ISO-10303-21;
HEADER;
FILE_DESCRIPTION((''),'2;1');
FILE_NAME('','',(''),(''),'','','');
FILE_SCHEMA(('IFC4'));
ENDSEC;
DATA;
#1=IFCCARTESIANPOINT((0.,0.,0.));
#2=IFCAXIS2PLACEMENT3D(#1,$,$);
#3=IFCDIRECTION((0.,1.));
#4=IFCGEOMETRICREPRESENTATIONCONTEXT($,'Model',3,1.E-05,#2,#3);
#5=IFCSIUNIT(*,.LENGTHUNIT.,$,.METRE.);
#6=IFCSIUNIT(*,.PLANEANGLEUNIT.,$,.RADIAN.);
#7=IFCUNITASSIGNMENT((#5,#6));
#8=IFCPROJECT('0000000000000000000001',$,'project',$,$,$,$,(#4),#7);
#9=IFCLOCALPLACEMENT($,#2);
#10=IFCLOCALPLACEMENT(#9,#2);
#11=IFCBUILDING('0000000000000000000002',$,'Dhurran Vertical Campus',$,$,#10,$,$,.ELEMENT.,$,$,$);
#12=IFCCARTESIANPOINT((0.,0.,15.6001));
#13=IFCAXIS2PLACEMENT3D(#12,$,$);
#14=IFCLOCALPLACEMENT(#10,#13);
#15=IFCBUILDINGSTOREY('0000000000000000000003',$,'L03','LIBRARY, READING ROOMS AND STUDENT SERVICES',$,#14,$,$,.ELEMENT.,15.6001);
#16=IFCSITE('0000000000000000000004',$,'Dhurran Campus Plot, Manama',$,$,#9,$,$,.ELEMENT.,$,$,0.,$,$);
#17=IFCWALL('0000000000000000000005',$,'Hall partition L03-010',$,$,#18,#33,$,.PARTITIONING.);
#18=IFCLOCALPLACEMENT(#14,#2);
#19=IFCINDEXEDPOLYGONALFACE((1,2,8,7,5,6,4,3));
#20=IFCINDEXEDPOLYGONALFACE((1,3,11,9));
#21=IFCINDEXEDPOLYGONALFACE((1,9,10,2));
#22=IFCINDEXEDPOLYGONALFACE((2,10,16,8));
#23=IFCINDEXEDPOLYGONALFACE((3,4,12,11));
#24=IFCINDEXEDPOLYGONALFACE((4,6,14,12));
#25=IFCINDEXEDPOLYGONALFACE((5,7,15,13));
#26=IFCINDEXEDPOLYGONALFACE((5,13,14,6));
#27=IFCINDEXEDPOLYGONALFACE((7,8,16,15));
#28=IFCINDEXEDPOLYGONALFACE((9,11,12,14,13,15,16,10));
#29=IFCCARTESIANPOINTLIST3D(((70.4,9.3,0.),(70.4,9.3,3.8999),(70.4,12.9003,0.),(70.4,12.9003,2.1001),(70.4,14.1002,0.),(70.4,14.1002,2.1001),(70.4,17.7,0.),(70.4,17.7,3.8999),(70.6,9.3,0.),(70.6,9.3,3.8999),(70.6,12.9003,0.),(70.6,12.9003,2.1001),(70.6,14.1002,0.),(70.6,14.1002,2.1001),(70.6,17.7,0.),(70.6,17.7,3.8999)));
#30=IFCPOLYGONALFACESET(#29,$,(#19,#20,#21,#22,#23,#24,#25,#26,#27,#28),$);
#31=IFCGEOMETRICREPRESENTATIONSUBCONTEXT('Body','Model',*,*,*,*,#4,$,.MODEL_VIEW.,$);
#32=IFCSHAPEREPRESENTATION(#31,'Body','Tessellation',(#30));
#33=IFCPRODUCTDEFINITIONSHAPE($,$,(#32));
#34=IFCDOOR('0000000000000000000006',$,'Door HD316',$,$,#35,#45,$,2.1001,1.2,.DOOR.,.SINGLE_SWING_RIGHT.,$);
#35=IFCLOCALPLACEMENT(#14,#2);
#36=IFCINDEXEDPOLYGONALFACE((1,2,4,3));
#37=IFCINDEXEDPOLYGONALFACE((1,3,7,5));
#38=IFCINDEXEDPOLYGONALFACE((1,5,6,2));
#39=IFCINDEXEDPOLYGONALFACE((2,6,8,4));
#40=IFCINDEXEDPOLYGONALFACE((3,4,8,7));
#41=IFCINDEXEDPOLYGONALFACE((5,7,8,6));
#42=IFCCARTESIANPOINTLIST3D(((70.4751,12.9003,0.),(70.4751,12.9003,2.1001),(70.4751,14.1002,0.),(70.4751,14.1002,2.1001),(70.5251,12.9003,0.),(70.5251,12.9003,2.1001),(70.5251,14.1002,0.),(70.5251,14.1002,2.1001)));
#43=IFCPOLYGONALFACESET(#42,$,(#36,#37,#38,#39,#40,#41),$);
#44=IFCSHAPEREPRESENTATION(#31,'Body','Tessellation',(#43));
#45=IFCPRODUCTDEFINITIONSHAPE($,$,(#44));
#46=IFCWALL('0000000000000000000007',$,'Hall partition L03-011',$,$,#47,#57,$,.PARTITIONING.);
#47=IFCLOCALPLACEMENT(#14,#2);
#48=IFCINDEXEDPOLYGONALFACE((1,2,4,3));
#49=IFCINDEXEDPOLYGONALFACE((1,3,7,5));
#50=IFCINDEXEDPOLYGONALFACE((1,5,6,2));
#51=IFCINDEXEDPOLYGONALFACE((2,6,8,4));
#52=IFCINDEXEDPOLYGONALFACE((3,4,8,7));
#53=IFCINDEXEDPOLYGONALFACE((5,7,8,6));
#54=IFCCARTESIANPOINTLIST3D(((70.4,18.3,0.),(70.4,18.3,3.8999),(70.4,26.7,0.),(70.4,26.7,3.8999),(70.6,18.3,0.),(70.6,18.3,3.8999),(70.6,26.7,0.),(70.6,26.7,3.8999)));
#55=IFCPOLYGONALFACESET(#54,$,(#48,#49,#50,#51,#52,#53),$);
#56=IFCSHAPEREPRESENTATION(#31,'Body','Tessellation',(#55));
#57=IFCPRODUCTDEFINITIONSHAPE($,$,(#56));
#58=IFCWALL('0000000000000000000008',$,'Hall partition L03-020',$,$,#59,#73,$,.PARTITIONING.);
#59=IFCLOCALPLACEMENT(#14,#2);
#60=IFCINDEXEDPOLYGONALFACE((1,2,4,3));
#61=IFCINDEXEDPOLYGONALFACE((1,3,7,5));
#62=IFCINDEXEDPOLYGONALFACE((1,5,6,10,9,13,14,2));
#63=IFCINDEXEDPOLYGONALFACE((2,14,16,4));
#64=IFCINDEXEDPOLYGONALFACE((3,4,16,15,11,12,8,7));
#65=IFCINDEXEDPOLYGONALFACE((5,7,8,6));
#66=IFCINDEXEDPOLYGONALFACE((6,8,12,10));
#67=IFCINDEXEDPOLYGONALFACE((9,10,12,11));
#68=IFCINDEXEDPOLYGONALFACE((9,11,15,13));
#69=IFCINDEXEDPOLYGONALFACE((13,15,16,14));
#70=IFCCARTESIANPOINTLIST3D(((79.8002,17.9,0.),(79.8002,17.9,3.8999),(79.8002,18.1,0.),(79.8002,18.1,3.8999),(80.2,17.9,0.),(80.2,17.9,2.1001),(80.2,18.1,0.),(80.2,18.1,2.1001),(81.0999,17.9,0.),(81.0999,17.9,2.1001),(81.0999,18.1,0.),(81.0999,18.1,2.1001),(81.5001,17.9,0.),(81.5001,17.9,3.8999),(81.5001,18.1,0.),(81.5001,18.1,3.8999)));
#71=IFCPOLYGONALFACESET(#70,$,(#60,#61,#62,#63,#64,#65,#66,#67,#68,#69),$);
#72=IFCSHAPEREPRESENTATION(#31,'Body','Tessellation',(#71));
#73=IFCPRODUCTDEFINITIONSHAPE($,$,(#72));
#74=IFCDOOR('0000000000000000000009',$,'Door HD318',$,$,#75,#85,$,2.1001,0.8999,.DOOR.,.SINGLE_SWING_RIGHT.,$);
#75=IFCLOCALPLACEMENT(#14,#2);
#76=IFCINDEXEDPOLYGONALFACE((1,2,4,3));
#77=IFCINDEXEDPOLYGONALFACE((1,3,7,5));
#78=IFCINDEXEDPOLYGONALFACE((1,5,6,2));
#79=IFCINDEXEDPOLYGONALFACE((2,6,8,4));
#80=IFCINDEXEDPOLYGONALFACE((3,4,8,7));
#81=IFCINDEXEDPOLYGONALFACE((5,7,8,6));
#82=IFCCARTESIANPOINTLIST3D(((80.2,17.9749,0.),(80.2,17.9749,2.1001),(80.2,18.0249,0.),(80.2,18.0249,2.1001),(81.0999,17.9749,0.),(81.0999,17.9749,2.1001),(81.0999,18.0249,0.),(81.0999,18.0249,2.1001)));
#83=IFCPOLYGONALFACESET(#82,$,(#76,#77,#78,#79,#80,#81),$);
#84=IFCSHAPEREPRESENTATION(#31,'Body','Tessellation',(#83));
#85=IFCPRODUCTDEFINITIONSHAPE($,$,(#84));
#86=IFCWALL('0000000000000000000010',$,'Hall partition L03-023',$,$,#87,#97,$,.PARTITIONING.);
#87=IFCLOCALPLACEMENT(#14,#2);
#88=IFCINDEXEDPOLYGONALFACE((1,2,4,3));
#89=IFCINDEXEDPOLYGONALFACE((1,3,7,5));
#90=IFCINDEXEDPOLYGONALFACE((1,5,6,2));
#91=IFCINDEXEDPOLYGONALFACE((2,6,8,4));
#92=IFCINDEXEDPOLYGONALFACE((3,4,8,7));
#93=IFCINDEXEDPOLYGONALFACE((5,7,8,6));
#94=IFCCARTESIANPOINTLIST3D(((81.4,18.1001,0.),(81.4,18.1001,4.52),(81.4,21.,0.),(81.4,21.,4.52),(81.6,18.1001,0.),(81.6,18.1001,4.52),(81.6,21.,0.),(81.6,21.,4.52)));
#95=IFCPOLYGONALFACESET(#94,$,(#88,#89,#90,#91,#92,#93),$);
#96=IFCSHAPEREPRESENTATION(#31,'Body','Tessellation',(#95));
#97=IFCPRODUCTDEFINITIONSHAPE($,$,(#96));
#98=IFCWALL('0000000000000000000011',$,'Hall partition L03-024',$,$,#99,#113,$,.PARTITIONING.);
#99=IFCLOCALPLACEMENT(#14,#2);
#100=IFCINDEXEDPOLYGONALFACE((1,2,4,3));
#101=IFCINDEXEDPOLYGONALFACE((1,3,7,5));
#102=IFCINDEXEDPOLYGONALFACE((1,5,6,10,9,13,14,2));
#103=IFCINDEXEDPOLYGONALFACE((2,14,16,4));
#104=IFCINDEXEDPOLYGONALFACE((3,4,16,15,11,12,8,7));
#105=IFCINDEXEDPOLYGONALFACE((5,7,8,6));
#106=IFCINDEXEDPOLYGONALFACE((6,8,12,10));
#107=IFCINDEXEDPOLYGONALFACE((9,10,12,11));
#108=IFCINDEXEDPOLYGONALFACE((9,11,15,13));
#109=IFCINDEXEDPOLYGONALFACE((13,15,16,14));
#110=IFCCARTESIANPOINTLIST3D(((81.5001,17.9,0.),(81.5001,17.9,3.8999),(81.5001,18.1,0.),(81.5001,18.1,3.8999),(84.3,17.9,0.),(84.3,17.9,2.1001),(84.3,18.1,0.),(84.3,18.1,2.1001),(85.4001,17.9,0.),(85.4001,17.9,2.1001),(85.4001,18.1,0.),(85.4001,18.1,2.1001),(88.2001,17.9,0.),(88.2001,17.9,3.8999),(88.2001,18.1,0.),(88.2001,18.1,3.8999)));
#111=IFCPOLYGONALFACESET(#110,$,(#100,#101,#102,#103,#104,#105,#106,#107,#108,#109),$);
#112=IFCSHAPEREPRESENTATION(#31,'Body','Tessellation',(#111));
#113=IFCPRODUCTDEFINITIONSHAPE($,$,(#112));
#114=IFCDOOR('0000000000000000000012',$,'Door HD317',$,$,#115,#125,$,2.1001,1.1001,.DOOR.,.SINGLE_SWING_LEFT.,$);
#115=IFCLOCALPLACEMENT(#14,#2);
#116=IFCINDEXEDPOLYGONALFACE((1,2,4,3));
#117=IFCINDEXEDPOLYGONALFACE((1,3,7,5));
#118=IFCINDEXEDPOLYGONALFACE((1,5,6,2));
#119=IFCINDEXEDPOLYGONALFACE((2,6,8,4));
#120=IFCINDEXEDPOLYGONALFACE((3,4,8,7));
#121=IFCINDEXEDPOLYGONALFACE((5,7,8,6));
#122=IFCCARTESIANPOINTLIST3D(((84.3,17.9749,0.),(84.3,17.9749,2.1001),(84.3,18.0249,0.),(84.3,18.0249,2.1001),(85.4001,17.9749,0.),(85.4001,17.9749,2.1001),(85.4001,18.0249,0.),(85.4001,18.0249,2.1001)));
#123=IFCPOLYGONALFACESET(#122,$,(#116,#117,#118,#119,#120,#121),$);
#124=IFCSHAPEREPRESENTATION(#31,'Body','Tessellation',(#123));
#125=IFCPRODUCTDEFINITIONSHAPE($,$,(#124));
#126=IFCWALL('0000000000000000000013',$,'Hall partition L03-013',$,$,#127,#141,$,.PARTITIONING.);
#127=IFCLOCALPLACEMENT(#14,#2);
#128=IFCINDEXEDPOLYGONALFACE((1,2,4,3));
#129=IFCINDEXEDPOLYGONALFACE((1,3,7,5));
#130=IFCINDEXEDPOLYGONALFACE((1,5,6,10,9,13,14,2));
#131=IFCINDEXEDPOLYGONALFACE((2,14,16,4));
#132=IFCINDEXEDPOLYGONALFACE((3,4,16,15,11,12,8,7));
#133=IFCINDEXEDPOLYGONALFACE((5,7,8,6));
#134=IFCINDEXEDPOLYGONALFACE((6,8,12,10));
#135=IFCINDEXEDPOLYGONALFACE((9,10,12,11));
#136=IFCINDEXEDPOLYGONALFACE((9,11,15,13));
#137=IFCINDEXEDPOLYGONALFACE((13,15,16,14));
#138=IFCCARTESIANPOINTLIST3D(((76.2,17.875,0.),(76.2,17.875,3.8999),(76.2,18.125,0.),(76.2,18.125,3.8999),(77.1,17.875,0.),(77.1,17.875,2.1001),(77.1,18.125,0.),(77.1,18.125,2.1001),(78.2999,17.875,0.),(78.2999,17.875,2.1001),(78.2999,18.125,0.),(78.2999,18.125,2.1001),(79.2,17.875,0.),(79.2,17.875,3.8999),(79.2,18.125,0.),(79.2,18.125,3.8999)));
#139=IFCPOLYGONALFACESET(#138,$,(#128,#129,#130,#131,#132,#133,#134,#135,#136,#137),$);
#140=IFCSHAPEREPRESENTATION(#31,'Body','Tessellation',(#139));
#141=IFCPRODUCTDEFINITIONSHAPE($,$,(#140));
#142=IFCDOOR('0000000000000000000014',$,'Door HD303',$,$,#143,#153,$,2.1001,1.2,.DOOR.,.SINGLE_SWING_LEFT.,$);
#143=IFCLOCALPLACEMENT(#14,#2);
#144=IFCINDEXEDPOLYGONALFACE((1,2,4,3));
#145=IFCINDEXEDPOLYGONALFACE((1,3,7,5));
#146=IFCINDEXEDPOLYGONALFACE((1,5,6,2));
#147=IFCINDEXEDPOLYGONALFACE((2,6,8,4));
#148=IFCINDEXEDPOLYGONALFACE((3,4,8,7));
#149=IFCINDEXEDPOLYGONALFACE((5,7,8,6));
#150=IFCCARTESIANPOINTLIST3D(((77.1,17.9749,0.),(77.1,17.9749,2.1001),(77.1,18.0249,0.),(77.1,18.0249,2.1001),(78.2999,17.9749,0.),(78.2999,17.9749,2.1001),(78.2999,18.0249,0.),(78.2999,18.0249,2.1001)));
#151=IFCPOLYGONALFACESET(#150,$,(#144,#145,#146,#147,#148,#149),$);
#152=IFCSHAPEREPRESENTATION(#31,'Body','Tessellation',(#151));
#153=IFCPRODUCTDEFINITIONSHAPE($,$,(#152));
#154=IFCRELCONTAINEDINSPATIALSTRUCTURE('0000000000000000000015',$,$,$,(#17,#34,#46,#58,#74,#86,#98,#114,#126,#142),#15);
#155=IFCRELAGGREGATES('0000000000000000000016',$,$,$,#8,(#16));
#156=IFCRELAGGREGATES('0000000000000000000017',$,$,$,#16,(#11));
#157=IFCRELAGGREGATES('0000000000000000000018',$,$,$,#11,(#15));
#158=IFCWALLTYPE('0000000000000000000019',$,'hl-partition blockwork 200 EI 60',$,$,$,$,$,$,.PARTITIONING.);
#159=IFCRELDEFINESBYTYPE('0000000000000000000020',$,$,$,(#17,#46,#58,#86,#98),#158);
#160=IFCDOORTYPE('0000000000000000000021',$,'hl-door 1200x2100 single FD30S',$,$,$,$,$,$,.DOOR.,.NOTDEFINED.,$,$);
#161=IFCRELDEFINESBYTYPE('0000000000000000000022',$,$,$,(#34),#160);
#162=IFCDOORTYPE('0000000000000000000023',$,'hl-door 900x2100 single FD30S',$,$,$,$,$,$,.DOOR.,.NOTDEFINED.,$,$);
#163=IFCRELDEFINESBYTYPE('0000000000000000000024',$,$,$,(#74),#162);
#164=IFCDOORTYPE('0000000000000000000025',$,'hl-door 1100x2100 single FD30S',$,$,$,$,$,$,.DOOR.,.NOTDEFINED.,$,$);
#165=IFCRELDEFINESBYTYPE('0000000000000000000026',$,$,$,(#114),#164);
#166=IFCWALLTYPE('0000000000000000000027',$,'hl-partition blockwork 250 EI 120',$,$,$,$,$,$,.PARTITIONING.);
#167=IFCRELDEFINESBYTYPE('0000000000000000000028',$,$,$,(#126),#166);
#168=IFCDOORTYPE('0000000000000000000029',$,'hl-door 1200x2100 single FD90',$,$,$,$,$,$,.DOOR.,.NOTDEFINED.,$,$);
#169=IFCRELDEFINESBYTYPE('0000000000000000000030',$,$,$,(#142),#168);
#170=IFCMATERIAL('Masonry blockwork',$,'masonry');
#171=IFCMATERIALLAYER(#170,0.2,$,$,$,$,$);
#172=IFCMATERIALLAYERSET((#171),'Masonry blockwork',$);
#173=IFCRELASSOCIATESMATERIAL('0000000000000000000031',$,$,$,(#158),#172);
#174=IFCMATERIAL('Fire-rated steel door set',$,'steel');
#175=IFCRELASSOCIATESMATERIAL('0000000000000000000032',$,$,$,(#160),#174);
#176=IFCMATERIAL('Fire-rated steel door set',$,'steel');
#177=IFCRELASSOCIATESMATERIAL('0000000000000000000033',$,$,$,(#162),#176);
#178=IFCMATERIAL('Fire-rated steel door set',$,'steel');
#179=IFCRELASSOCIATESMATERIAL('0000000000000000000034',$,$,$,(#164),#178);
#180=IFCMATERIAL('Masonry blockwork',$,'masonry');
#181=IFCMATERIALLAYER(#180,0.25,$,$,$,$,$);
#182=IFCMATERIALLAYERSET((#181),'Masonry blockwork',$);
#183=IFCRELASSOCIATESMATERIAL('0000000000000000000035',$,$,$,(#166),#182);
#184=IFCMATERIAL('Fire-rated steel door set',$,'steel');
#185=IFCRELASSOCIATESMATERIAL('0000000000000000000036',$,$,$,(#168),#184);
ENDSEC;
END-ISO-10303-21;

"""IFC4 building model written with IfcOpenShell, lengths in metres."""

from ifc_helpers import new_model, si_unit, direction, frame, frame_2d, origin, place, context, subcontext, project, spatial, rectangle, extrude, material, layer, layer_set, type_object, element, fill, save


model = new_model("IFC4")

# Units and contexts
model_context = context("Model", 3, precision=1e-05, world=origin(), true_north=direction((0.0, 1.0)))
body_context = subcontext(model_context, "Body", "Model", "MODEL_VIEW")
ifc_project = project(units=[si_unit("LENGTHUNIT", "METRE"), si_unit("PLANEANGLEUNIT", "RADIAN")], contexts=[model_context])

# Site, building, storey
site_placement = place(None, origin())
site = spatial("IfcSite", under=ifc_project, at=site_placement, Name="Dhurran Campus Plot, Manama", CompositionType="ELEMENT", RefElevation=0.0)
building_placement = place(site_placement, origin())
building = spatial("IfcBuilding", under=site, at=building_placement, Name="Dhurran Vertical Campus", CompositionType="ELEMENT")
storey_placement = place(building_placement, frame((0.0, 0.0, 15.6001)))
storey = spatial("IfcBuildingStorey", under=building, at=storey_placement, Name="L03", Description="LIBRARY, READING ROOMS AND STUDENT SERVICES", CompositionType="ELEMENT", Elevation=15.6001)

# Shared definitions
ifc_material_1 = material(Name="Masonry blockwork", Category="masonry")
ifc_layer_1 = layer(ifc_material_1, 0.2)
ifc_layer_set_1 = layer_set([ifc_layer_1], Name="Masonry blockwork")
wall_type_1 = type_object("IfcWallType", Name="hl-partition blockwork 200 EI 60", PredefinedType="PARTITIONING", material=ifc_layer_set_1)

# Wall, opening, door
wall_1_placement = place(storey_placement, frame((70.5, 9.3, 0.0), z_axis=(0.0, 0.0, 1.0), x_axis=(0.0, 1.0, 0.0)))
wall_1 = element("IfcWall", 1, at=wall_1_placement, inside=storey, type_object=wall_type_1, Name="Hall partition L03-010", PredefinedType="PARTITIONING", context=body_context, shape_type="SweptSolid", body=[
    extrude(rectangle(XDim=8.3999, YDim=0.2, at=frame_2d((4.2, 0.0))), origin(), (0.0, 0.0, 1.0), 3.8999),
])
opening_1_placement = place(wall_1_placement, frame((3.6001, 0.0, 0.0)))
opening_1 = element("IfcOpeningElement", 2, at=opening_1_placement, cuts=wall_1, PredefinedType="OPENING", context=body_context, shape_type="SweptSolid", body=[
    extrude(rectangle(XDim=1.2, YDim=2.1001, at=frame_2d((0.6001, 1.05))), frame((0.0, 0.1099, 0.0), z_axis=(0.0, -1.0, 0.0), x_axis=(1.0, 0.0, 0.0)), (0.0, 0.0, 1.0), 0.22),
])
ifc_material_2 = material(Name="Fire-rated steel door set", Category="steel")
door_type_1 = type_object("IfcDoorType", Name="hl-door 1200x2100 single FD30S", OperationType="NOTDEFINED", PredefinedType="DOOR", material=ifc_material_2)
door_1_placement = place(opening_1_placement, origin())
door_1 = element("IfcDoor", 3, at=door_1_placement, inside=storey, type_object=door_type_1, Name="Door HD316", OperationType="SINGLE_SWING_RIGHT", OverallHeight=2.1001, OverallWidth=1.2, PredefinedType="DOOR", context=body_context, shape_type="SweptSolid", body=[
    extrude(rectangle(XDim=1.2, YDim=2.1001, at=frame_2d((0.6001, 1.05))), frame((0.0, 0.0249, 0.0), z_axis=(0.0, -1.0, 0.0), x_axis=(1.0, 0.0, 0.0)), (0.0, 0.0, 1.0), 0.05),
])
fill(opening_1, door_1)

# Wall
wall_2_placement = place(storey_placement, frame((70.5, 18.3, 0.0), z_axis=(0.0, 0.0, 1.0), x_axis=(0.0, 1.0, 0.0)))
element("IfcWall", 4, at=wall_2_placement, inside=storey, type_object=wall_type_1, Name="Hall partition L03-011", PredefinedType="PARTITIONING", context=body_context, shape_type="SweptSolid", body=[
    extrude(rectangle(XDim=8.3999, YDim=0.2, at=frame_2d((4.2, 0.0))), origin(), (0.0, 0.0, 1.0), 3.8999),
])

# Wall, opening, door
wall_3_placement = place(storey_placement, frame((79.8, 18.0, 0.0), z_axis=(0.0, 0.0, 1.0), x_axis=(1.0, 0.0, 0.0)))
wall_3 = element("IfcWall", 5, at=wall_3_placement, inside=storey, type_object=wall_type_1, Name="Hall partition L03-020", PredefinedType="PARTITIONING", context=body_context, shape_type="SweptSolid", body=[
    extrude(rectangle(XDim=1.7, YDim=0.2, at=frame_2d((0.8501, 0.0))), origin(), (0.0, 0.0, 1.0), 3.8999),
])
opening_2_placement = place(wall_3_placement, frame((0.3999, 0.0, 0.0)))
opening_2 = element("IfcOpeningElement", 6, at=opening_2_placement, cuts=wall_3, PredefinedType="OPENING", context=body_context, shape_type="SweptSolid", body=[
    extrude(rectangle(XDim=0.8999, YDim=2.1001, at=frame_2d((0.45, 1.05))), frame((0.0, 0.1099, 0.0), z_axis=(0.0, -1.0, 0.0), x_axis=(1.0, 0.0, 0.0)), (0.0, 0.0, 1.0), 0.22),
])
ifc_material_3 = material(Name="Fire-rated steel door set", Category="steel")
door_type_2 = type_object("IfcDoorType", Name="hl-door 900x2100 single FD30S", OperationType="NOTDEFINED", PredefinedType="DOOR", material=ifc_material_3)
door_2_placement = place(opening_2_placement, origin())
door_2 = element("IfcDoor", 7, at=door_2_placement, inside=storey, type_object=door_type_2, Name="Door HD318", OperationType="SINGLE_SWING_RIGHT", OverallHeight=2.1001, OverallWidth=0.8999, PredefinedType="DOOR", context=body_context, shape_type="SweptSolid", body=[
    extrude(rectangle(XDim=0.8999, YDim=2.1001, at=frame_2d((0.45, 1.05))), frame((0.0, 0.0249, 0.0), z_axis=(0.0, -1.0, 0.0), x_axis=(1.0, 0.0, 0.0)), (0.0, 0.0, 1.0), 0.05),
])
fill(opening_2, door_2)

# Wall
wall_4_placement = place(storey_placement, frame((81.5, 18.1001, 0.0), z_axis=(0.0, 0.0, 1.0), x_axis=(0.0, 1.0, 0.0)))
element("IfcWall", 8, at=wall_4_placement, inside=storey, type_object=wall_type_1, Name="Hall partition L03-023", PredefinedType="PARTITIONING", context=body_context, shape_type="SweptSolid", body=[
    extrude(rectangle(XDim=2.8999, YDim=0.2, at=frame_2d((1.45, 0.0))), origin(), (0.0, 0.0, 1.0), 4.52),
])

# Walls, openings, doors
wall_5_placement = place(storey_placement, frame((81.5, 18.0, 0.0), z_axis=(0.0, 0.0, 1.0), x_axis=(1.0, 0.0, 0.0)))
wall_5 = element("IfcWall", 9, at=wall_5_placement, inside=storey, type_object=wall_type_1, Name="Hall partition L03-024", PredefinedType="PARTITIONING", context=body_context, shape_type="SweptSolid", body=[
    extrude(rectangle(XDim=6.7, YDim=0.2, at=frame_2d((3.3501, 0.0))), origin(), (0.0, 0.0, 1.0), 3.8999),
])
opening_3_placement = place(wall_5_placement, frame((2.8, 0.0, 0.0)))
opening_3 = element("IfcOpeningElement", 10, at=opening_3_placement, cuts=wall_5, PredefinedType="OPENING", context=body_context, shape_type="SweptSolid", body=[
    extrude(rectangle(XDim=1.1001, YDim=2.1001, at=frame_2d((0.55, 1.05))), frame((0.0, 0.1099, 0.0), z_axis=(0.0, -1.0, 0.0), x_axis=(1.0, 0.0, 0.0)), (0.0, 0.0, 1.0), 0.22),
])
ifc_material_4 = material(Name="Fire-rated steel door set", Category="steel")
door_type_3 = type_object("IfcDoorType", Name="hl-door 1100x2100 single FD30S", OperationType="NOTDEFINED", PredefinedType="DOOR", material=ifc_material_4)
door_3_placement = place(opening_3_placement, origin())
door_3 = element("IfcDoor", 11, at=door_3_placement, inside=storey, type_object=door_type_3, Name="Door HD317", OperationType="SINGLE_SWING_LEFT", OverallHeight=2.1001, OverallWidth=1.1001, PredefinedType="DOOR", context=body_context, shape_type="SweptSolid", body=[
    extrude(rectangle(XDim=1.1001, YDim=2.1001, at=frame_2d((0.55, 1.05))), frame((0.0, 0.0249, 0.0), z_axis=(0.0, -1.0, 0.0), x_axis=(1.0, 0.0, 0.0)), (0.0, 0.0, 1.0), 0.05),
])
fill(opening_3, door_3)
ifc_material_5 = material(Name="Masonry blockwork", Category="masonry")
ifc_layer_2 = layer(ifc_material_5, 0.25)
ifc_layer_set_2 = layer_set([ifc_layer_2], Name="Masonry blockwork")
wall_type_2 = type_object("IfcWallType", Name="hl-partition blockwork 250 EI 120", PredefinedType="PARTITIONING", material=ifc_layer_set_2)
wall_6_placement = place(storey_placement, frame((76.2, 18.0, 0.0), z_axis=(0.0, 0.0, 1.0), x_axis=(1.0, 0.0, 0.0)))
wall_6 = element("IfcWall", 12, at=wall_6_placement, inside=storey, type_object=wall_type_2, Name="Hall partition L03-013", PredefinedType="PARTITIONING", context=body_context, shape_type="SweptSolid", body=[
    extrude(rectangle(XDim=3.0, YDim=0.25, at=frame_2d((1.5, 0.0))), origin(), (0.0, 0.0, 1.0), 3.8999),
])
opening_4_placement = place(wall_6_placement, frame((0.8999, 0.0, 0.0)))
opening_4 = element("IfcOpeningElement", 13, at=opening_4_placement, cuts=wall_6, PredefinedType="OPENING", context=body_context, shape_type="SweptSolid", body=[
    extrude(rectangle(XDim=1.2, YDim=2.1001, at=frame_2d((0.6001, 1.05))), frame((0.0, 0.135, 0.0), z_axis=(0.0, -1.0, 0.0), x_axis=(1.0, 0.0, 0.0)), (0.0, 0.0, 1.0), 0.27),
])
ifc_material_6 = material(Name="Fire-rated steel door set", Category="steel")
door_type_4 = type_object("IfcDoorType", Name="hl-door 1200x2100 single FD90", OperationType="NOTDEFINED", PredefinedType="DOOR", material=ifc_material_6)
door_4_placement = place(opening_4_placement, origin())
door_4 = element("IfcDoor", 14, at=door_4_placement, inside=storey, type_object=door_type_4, Name="Door HD303", OperationType="SINGLE_SWING_LEFT", OverallHeight=2.1001, OverallWidth=1.2, PredefinedType="DOOR", context=body_context, shape_type="SweptSolid", body=[
    extrude(rectangle(XDim=1.2, YDim=2.1001, at=frame_2d((0.6001, 1.05))), frame((0.0, 0.0249, 0.0), z_axis=(0.0, -1.0, 0.0), x_axis=(1.0, 0.0, 0.0)), (0.0, 0.0, 1.0), 0.05),
])
fill(opening_4, door_4)

save(model, "model.ifc")
